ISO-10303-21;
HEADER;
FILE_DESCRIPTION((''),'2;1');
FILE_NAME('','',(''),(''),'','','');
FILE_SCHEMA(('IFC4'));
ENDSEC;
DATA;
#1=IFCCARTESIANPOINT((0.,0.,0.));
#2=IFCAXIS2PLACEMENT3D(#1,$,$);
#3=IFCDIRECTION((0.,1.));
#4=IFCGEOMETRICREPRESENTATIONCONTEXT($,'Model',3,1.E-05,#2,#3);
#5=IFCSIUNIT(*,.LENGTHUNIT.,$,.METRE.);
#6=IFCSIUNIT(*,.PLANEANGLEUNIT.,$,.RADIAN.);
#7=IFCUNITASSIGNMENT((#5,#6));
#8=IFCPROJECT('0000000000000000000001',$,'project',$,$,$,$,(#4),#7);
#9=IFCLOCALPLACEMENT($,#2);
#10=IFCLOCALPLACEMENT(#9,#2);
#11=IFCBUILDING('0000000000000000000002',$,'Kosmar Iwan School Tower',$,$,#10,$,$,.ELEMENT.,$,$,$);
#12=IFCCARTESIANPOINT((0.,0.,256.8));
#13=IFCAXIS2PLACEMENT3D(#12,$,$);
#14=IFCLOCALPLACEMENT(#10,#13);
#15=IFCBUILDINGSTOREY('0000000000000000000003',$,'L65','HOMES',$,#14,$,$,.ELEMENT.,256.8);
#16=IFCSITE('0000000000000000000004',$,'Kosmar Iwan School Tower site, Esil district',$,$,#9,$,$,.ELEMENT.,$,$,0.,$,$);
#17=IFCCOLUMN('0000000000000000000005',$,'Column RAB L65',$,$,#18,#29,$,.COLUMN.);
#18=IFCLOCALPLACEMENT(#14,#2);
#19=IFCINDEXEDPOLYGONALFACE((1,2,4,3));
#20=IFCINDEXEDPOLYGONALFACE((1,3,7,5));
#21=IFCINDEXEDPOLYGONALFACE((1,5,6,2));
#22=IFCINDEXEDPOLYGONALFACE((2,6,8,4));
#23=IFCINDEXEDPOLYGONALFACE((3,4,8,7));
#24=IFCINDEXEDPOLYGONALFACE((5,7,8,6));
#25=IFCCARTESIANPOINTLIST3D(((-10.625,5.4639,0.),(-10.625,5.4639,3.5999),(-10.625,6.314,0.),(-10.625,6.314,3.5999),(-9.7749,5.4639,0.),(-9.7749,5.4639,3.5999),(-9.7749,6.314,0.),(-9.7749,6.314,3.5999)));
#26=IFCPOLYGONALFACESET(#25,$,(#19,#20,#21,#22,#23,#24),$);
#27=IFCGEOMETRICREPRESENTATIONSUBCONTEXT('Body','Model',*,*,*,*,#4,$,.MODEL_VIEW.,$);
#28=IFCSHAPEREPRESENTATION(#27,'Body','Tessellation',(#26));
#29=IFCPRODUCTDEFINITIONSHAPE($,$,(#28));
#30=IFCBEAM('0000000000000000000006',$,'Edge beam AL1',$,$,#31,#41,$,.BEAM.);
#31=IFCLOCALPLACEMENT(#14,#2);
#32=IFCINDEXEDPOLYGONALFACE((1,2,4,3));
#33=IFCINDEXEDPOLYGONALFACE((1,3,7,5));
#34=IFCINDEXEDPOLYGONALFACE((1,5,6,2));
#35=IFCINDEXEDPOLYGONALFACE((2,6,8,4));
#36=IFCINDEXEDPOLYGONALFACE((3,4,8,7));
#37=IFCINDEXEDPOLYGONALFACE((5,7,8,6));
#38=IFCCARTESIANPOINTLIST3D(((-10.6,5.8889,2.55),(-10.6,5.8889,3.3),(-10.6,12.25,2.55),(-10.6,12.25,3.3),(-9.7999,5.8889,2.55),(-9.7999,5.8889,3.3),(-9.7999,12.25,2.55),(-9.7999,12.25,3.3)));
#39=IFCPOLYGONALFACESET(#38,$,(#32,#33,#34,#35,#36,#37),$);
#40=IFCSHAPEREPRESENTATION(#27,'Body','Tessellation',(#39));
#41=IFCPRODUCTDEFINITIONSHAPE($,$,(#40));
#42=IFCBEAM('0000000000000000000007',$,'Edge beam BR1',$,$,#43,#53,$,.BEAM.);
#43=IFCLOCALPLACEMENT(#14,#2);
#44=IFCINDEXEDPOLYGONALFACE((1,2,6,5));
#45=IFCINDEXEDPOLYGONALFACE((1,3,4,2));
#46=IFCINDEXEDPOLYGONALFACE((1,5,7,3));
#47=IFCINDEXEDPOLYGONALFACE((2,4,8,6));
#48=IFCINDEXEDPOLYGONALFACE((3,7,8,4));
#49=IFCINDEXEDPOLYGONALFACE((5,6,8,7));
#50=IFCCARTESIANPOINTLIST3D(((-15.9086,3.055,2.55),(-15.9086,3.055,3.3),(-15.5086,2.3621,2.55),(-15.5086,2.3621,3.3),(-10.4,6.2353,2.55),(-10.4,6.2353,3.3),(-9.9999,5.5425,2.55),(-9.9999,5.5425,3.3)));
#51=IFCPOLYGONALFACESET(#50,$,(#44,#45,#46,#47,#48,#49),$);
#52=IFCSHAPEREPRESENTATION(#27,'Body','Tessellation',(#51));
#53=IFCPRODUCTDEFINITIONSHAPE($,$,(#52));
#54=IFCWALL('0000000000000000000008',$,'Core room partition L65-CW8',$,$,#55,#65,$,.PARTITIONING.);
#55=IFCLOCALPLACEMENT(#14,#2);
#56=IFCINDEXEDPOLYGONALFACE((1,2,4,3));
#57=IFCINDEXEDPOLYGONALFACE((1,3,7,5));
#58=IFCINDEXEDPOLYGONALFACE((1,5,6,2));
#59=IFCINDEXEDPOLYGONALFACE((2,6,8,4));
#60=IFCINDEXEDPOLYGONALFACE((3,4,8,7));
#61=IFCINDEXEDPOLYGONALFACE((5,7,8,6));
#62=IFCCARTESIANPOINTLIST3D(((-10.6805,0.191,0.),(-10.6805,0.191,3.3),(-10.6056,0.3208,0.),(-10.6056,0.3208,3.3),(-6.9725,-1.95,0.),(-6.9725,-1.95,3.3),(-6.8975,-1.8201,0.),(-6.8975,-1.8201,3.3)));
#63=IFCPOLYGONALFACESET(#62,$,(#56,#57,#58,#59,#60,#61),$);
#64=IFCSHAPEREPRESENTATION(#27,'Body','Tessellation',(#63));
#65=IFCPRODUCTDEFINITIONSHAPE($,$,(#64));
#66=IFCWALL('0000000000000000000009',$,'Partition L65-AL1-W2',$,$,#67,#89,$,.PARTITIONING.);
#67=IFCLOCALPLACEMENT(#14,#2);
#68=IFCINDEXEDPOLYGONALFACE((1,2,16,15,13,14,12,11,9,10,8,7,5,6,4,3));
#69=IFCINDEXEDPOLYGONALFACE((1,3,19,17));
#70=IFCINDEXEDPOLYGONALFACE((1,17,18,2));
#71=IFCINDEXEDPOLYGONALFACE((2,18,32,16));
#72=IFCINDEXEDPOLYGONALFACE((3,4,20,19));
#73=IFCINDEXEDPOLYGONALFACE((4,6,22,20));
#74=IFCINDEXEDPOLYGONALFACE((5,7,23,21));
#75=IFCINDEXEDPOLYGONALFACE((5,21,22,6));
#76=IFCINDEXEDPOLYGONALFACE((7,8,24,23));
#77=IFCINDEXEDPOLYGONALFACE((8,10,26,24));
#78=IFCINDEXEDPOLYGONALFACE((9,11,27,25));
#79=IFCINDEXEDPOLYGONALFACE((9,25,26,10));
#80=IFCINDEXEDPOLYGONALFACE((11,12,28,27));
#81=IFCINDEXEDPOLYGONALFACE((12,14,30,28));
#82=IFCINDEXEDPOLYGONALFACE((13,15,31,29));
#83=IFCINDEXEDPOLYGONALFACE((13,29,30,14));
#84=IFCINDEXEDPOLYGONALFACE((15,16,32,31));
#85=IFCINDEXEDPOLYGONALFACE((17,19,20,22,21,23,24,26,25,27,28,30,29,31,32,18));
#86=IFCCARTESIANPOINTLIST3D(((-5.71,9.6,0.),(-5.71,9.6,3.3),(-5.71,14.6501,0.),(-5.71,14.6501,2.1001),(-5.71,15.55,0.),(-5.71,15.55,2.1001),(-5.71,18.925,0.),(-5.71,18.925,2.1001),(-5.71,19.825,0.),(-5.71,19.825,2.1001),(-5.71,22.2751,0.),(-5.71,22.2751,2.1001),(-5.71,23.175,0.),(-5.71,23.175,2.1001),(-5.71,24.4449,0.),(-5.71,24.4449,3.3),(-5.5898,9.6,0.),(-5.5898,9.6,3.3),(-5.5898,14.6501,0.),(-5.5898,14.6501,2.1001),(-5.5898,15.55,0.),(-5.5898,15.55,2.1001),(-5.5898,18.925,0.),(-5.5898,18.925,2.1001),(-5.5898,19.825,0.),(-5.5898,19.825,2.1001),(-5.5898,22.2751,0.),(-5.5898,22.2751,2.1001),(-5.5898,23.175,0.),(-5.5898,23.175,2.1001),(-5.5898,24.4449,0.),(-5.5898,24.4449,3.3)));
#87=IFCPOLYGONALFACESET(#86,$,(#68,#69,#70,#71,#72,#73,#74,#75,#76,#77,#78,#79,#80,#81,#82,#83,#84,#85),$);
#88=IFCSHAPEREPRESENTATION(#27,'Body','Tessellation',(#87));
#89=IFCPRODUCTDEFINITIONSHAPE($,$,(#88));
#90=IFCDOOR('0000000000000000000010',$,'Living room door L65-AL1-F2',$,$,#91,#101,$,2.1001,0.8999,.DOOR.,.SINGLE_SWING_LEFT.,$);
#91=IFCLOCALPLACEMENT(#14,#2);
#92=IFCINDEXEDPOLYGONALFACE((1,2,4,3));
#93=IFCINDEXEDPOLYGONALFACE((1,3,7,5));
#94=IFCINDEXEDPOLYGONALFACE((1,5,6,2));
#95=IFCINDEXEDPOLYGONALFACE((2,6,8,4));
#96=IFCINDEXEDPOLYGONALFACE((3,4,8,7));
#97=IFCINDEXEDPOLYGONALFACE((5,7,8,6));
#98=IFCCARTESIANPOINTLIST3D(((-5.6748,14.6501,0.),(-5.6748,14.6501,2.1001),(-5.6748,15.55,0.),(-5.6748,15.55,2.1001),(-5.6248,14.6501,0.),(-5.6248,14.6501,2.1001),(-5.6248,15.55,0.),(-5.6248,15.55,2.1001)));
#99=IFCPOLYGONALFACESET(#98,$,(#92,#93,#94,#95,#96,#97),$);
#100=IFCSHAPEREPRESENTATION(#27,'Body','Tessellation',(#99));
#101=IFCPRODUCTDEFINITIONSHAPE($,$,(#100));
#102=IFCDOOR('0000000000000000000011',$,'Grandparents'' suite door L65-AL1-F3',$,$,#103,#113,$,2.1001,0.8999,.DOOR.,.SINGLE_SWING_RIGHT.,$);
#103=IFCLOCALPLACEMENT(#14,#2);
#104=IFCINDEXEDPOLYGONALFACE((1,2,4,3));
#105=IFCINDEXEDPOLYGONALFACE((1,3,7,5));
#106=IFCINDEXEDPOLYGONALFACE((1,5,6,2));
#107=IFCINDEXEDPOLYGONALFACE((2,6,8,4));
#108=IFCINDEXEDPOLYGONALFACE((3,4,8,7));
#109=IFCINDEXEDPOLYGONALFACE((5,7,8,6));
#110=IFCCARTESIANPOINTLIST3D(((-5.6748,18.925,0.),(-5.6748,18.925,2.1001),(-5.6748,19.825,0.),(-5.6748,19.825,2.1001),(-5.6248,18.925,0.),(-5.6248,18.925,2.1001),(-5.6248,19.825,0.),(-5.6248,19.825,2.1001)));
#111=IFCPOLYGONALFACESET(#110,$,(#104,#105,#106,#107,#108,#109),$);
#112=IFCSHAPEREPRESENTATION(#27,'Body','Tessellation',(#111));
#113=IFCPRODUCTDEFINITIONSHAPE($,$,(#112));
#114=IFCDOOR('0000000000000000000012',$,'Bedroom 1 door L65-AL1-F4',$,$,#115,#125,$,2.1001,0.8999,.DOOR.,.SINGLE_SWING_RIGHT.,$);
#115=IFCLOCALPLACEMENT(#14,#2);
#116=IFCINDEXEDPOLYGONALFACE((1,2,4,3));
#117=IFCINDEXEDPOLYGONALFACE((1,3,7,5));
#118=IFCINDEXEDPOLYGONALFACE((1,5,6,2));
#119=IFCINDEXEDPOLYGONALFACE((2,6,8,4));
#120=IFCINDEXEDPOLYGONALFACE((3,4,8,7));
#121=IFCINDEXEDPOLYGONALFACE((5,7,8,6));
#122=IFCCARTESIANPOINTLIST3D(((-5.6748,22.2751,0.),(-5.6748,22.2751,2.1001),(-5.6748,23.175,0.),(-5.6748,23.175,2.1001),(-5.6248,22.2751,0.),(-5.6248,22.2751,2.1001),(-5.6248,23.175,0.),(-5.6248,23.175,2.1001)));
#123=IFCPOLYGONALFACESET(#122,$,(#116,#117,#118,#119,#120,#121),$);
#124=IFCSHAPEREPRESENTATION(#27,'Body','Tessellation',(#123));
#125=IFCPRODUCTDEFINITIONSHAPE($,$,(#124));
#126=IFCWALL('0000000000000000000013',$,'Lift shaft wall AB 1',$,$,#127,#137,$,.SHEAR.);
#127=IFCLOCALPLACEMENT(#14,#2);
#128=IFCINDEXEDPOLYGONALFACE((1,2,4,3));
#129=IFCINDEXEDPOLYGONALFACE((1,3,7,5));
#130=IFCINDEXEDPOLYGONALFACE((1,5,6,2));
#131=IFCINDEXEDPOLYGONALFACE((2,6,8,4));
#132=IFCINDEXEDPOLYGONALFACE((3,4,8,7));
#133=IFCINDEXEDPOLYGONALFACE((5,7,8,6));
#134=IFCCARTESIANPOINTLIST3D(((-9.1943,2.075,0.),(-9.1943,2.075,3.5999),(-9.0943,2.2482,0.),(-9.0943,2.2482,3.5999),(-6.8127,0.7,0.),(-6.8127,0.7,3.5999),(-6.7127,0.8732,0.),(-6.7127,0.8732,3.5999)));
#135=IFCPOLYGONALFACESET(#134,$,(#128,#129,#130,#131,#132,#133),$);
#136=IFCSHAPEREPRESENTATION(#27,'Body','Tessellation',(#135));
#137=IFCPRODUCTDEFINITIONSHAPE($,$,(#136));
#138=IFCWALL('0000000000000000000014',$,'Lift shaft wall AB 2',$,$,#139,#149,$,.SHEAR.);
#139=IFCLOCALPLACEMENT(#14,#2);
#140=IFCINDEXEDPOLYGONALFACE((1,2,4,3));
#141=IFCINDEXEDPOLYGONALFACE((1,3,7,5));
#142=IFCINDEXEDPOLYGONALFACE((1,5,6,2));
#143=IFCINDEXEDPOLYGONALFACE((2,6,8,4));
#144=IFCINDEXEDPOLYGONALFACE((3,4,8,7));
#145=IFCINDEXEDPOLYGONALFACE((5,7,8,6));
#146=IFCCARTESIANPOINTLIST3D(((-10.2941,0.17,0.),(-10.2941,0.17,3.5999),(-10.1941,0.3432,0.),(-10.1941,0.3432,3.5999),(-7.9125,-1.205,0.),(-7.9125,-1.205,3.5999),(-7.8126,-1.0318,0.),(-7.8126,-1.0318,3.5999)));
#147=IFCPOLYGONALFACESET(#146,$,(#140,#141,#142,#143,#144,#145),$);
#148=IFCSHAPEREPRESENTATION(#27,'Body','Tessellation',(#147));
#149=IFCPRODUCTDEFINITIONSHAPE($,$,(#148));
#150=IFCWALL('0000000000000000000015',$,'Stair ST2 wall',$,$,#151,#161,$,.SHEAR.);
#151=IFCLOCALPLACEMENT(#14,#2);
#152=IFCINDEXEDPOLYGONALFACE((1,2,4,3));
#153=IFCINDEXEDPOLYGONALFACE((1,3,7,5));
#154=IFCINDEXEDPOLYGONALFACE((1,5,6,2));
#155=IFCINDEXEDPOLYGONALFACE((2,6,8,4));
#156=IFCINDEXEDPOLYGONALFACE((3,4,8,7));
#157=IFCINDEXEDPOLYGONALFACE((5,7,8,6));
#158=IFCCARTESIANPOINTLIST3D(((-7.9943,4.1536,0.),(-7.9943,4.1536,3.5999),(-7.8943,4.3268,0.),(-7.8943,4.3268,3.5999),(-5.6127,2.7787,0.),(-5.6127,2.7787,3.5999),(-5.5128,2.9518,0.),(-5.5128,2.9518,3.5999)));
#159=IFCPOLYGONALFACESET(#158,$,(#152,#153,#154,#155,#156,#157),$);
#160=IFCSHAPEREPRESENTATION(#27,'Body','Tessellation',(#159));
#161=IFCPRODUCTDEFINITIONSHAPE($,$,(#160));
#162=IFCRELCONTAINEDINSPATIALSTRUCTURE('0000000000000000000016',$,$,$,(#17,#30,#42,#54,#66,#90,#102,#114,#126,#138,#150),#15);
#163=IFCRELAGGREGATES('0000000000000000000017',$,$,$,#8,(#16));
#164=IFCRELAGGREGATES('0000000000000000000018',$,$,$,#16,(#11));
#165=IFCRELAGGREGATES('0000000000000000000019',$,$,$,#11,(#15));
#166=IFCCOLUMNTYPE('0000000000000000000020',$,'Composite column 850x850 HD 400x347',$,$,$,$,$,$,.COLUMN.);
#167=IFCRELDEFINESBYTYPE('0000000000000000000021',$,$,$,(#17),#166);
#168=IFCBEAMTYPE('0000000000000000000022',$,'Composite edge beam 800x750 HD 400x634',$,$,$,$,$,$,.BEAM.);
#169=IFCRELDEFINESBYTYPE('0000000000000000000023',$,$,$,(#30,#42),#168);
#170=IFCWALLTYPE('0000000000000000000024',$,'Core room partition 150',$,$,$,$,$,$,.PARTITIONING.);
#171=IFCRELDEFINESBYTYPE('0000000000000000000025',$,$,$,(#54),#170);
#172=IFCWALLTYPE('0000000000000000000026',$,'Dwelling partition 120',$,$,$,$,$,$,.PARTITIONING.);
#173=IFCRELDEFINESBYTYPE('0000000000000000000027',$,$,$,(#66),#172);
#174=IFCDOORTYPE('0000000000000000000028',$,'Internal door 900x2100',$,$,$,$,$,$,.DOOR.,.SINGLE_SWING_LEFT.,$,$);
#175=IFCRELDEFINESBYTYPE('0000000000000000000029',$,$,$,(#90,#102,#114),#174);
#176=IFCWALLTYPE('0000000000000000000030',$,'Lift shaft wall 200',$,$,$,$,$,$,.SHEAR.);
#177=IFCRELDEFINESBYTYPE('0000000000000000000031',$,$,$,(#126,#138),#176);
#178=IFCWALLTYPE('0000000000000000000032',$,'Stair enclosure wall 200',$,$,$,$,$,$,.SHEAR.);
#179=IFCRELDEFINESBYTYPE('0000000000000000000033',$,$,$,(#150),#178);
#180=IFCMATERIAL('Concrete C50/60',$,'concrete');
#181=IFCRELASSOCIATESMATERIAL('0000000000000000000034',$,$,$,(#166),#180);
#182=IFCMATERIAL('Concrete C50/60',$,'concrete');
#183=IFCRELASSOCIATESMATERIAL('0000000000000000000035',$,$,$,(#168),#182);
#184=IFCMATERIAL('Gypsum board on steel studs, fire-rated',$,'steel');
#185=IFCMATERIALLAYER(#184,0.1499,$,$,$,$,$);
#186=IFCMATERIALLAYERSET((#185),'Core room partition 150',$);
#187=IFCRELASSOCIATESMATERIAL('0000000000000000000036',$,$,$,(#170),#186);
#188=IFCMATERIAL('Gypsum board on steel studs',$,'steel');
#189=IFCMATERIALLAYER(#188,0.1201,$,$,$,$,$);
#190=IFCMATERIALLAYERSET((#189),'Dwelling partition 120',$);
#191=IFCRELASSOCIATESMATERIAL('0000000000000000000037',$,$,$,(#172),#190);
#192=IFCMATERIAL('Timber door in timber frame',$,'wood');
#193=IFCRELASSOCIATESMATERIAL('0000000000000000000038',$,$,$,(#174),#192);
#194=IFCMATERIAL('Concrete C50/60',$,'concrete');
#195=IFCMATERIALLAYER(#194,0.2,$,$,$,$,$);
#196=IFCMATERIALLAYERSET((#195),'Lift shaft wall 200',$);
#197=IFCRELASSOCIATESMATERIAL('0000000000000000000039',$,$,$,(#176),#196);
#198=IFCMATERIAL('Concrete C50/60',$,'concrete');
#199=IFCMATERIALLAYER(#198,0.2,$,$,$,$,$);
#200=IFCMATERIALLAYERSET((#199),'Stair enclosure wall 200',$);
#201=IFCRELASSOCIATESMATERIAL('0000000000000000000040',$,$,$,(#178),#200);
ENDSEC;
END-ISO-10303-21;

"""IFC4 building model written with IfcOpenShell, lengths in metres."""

from ifc_helpers import new_model, si_unit, direction, frame, frame_2d, origin, origin_2d, place, context, subcontext, project, spatial, rectangle, extrude, material, layer, layer_set, material_profile, profile_set, type_object, element, fill, save


model = new_model("IFC4")

# Units and contexts
model_context = context("Model", 3, precision=1e-05, world=origin(), true_north=direction((0.0, 1.0)))
body_context = subcontext(model_context, "Body", "Model", "MODEL_VIEW")
ifc_project = project(units=[si_unit("LENGTHUNIT", "METRE"), si_unit("PLANEANGLEUNIT", "RADIAN")], contexts=[model_context])

# Site, building, storey
site_placement = place(None, origin())
site = spatial("IfcSite", under=ifc_project, at=site_placement, Name="Kosmar Iwan School Tower site, Esil district", CompositionType="ELEMENT", RefElevation=0.0)
building_placement = place(site_placement, origin())
building = spatial("IfcBuilding", under=site, at=building_placement, Name="Kosmar Iwan School Tower", CompositionType="ELEMENT")
storey_placement = place(building_placement, frame((0.0, 0.0, 256.8)))
storey = spatial("IfcBuildingStorey", under=building, at=storey_placement, Name="L65", Description="HOMES", CompositionType="ELEMENT", Elevation=256.8)

# Column
ifc_material_1 = material(Name="Concrete C50/60", Category="concrete")
ifc_material_profile_1 = material_profile(ifc_material_1, rectangle(XDim=0.8501, YDim=0.8501, at=origin_2d()), Name="RC 850x850 + HD 400x347")
ifc_profile_set_1 = profile_set([ifc_material_profile_1], Name="Concrete C50/60")
column_type = type_object("IfcColumnType", Name="Composite column 850x850 HD 400x347", PredefinedType="COLUMN", material=ifc_profile_set_1)
column_placement = place(storey_placement, frame((-10.2, 5.8889, 0.0), z_axis=(0.0, 0.0, 1.0), x_axis=(1.0, 0.0, 0.0)))
element("IfcColumn", 1, at=column_placement, inside=storey, type_object=column_type, Name="Column RAB L65", PredefinedType="COLUMN", context=body_context, shape_type="SweptSolid", body=[
    extrude(rectangle(XDim=0.8501, YDim=0.8501, at=origin_2d()), origin(), (0.0, 0.0, 1.0), 3.5999),
])

# Beams
ifc_material_2 = material(Name="Concrete C50/60", Category="concrete")
ifc_material_profile_2 = material_profile(ifc_material_2, rectangle(XDim=0.8, YDim=0.75, at=origin_2d()), Name="RC 800x750 + HD 400x634")
ifc_profile_set_2 = profile_set([ifc_material_profile_2], Name="Concrete C50/60")
beam_type = type_object("IfcBeamType", Name="Composite edge beam 800x750 HD 400x634", PredefinedType="BEAM", material=ifc_profile_set_2)
beam_1_placement = place(storey_placement, frame((-10.2, 5.8889, 2.925), z_axis=(0.0, 1.0, 0.0), x_axis=(-1.0, 0.0, 0.0)))
element("IfcBeam", 2, at=beam_1_placement, inside=storey, type_object=beam_type, Name="Edge beam AL1", PredefinedType="BEAM", context=body_context, shape_type="SweptSolid", body=[
    extrude(rectangle(XDim=0.8, YDim=0.75, at=origin_2d()), origin(), (0.0, 0.0, 1.0), 6.3611),
])
beam_2_placement = place(storey_placement, frame((-10.2, 5.8889, 2.925), z_axis=(-0.866031, -0.49999, 0.0), x_axis=(0.49999, -0.866031, 0.0)))
element("IfcBeam", 3, at=beam_2_placement, inside=storey, type_object=beam_type, Name="Edge beam BR1", PredefinedType="BEAM", context=body_context, shape_type="SweptSolid", body=[
    extrude(rectangle(XDim=0.8, YDim=0.75, at=origin_2d()), origin(), (0.0, 0.0, 1.0), 6.3608),
])

# Wall
ifc_material_3 = material(Name="Gypsum board on steel studs, fire-rated", Category="steel")
ifc_layer_1 = layer(ifc_material_3, 0.1499)
ifc_layer_set_1 = layer_set([ifc_layer_1], Name="Core room partition 150")
wall_type_1 = type_object("IfcWallType", Name="Core room partition 150", PredefinedType="PARTITIONING", material=ifc_layer_set_1)
wall_1_placement = place(storey_placement, frame((-10.6431, 0.2559, 0.0), z_axis=(0.0, 0.0, 1.0), x_axis=(0.86602, -0.500009, 0.0)))
element("IfcWall", 4, at=wall_1_placement, inside=storey, type_object=wall_type_1, Name="Core room partition L65-CW8", PredefinedType="PARTITIONING", context=body_context, shape_type="SweptSolid", body=[
    extrude(rectangle(XDim=4.2817, YDim=0.1499, at=frame_2d((2.1409, 0.0))), origin(), (0.0, 0.0, 1.0), 3.3),
])

# Wall, openings, doors
ifc_material_4 = material(Name="Gypsum board on steel studs", Category="steel")
ifc_layer_2 = layer(ifc_material_4, 0.1201)
ifc_layer_set_2 = layer_set([ifc_layer_2], Name="Dwelling partition 120")
wall_type_2 = type_object("IfcWallType", Name="Dwelling partition 120", PredefinedType="PARTITIONING", material=ifc_layer_set_2)
wall_2_placement = place(storey_placement, frame((-5.6499, 9.6001, 0.0), z_axis=(0.0, 0.0, 1.0), x_axis=(0.0, 1.0, 0.0)))
wall_2 = element("IfcWall", 5, at=wall_2_placement, inside=storey, type_object=wall_type_2, Name="Partition L65-AL1-W2", PredefinedType="PARTITIONING", context=body_context, shape_type="SweptSolid", body=[
    extrude(rectangle(XDim=14.845, YDim=0.1201, at=frame_2d((7.4224, 0.0))), origin(), (0.0, 0.0, 1.0), 3.3),
])
opening_1_placement = place(wall_2_placement, frame((5.05, 0.0, 0.0)))
opening_1 = element("IfcOpeningElement", 6, at=opening_1_placement, cuts=wall_2, PredefinedType="OPENING", context=body_context, shape_type="SweptSolid", body=[
    extrude(rectangle(XDim=0.8999, YDim=2.1001, at=frame_2d((0.45, 1.05))), frame((0.0, 0.072, 0.0), z_axis=(0.0, -1.0, 0.0), x_axis=(1.0, 0.0, 0.0)), (0.0, 0.0, 1.0), 0.144),
])
opening_2_placement = place(wall_2_placement, frame((9.325, 0.0, 0.0)))
opening_2 = element("IfcOpeningElement", 7, at=opening_2_placement, cuts=wall_2, PredefinedType="OPENING", context=body_context, shape_type="SweptSolid", body=[
    extrude(rectangle(XDim=0.8999, YDim=2.1001, at=frame_2d((0.45, 1.05))), frame((0.0, 0.072, 0.0), z_axis=(0.0, -1.0, 0.0), x_axis=(1.0, 0.0, 0.0)), (0.0, 0.0, 1.0), 0.144),
])
opening_3_placement = place(wall_2_placement, frame((12.675, 0.0, 0.0)))
opening_3 = element("IfcOpeningElement", 8, at=opening_3_placement, cuts=wall_2, PredefinedType="OPENING", context=body_context, shape_type="SweptSolid", body=[
    extrude(rectangle(XDim=0.8999, YDim=2.1001, at=frame_2d((0.45, 1.05))), frame((0.0, 0.072, 0.0), z_axis=(0.0, -1.0, 0.0), x_axis=(1.0, 0.0, 0.0)), (0.0, 0.0, 1.0), 0.144),
])
ifc_material_5 = material(Name="Timber door in timber frame", Category="wood")
door_type = type_object("IfcDoorType", Name="Internal door 900x2100", OperationType="SINGLE_SWING_LEFT", PredefinedType="DOOR", material=ifc_material_5)
door_1_placement = place(opening_1_placement, origin())
door_1 = element("IfcDoor", 9, at=door_1_placement, inside=storey, type_object=door_type, Name="Living room door L65-AL1-F2", OperationType="SINGLE_SWING_LEFT", OverallHeight=2.1001, OverallWidth=0.8999, PredefinedType="DOOR", context=body_context, shape_type="SweptSolid", body=[
    extrude(rectangle(XDim=0.8999, YDim=2.1001, at=frame_2d((0.45, 1.05))), frame((0.0, 0.0249, 0.0), z_axis=(0.0, -1.0, 0.0), x_axis=(1.0, 0.0, 0.0)), (0.0, 0.0, 1.0), 0.05),
])
fill(opening_1, door_1)
door_2_placement = place(opening_2_placement, origin())
door_2 = element("IfcDoor", 10, at=door_2_placement, inside=storey, type_object=door_type, Name="Grandparents' suite door L65-AL1-F3", OperationType="SINGLE_SWING_RIGHT", OverallHeight=2.1001, OverallWidth=0.8999, PredefinedType="DOOR", context=body_context, shape_type="SweptSolid", body=[
    extrude(rectangle(XDim=0.8999, YDim=2.1001, at=frame_2d((0.45, 1.05))), frame((0.0, 0.0249, 0.0), z_axis=(0.0, -1.0, 0.0), x_axis=(1.0, 0.0, 0.0)), (0.0, 0.0, 1.0), 0.05),
])
fill(opening_2, door_2)
door_3_placement = place(opening_3_placement, origin())
door_3 = element("IfcDoor", 11, at=door_3_placement, inside=storey, type_object=door_type, Name="Bedroom 1 door L65-AL1-F4", OperationType="SINGLE_SWING_RIGHT", OverallHeight=2.1001, OverallWidth=0.8999, PredefinedType="DOOR", context=body_context, shape_type="SweptSolid", body=[
    extrude(rectangle(XDim=0.8999, YDim=2.1001, at=frame_2d((0.45, 1.05))), frame((0.0, 0.0249, 0.0), z_axis=(0.0, -1.0, 0.0), x_axis=(1.0, 0.0, 0.0)), (0.0, 0.0, 1.0), 0.05),
])
fill(opening_3, door_3)

# Walls
ifc_material_6 = material(Name="Concrete C50/60", Category="concrete")
ifc_layer_3 = layer(ifc_material_6, 0.2)
ifc_layer_set_3 = layer_set([ifc_layer_3], Name="Lift shaft wall 200")
wall_type_3 = type_object("IfcWallType", Name="Lift shaft wall 200", PredefinedType="SHEAR", material=ifc_layer_set_3)
for number, where, z_axis, x_axis, name in (
    (12, (-6.7627, 0.7866, 0.0), (0.0, 0.0, 1.0), (-0.866027, 0.499997, 0.0), "Lift shaft wall AB 1"),
    (13, (-7.8625, -1.1184, 0.0), (0.0, 0.0, 1.0), (-0.866027, 0.499997, 0.0), "Lift shaft wall AB 2"),
):
    element("IfcWall", number, at=place(storey_placement, frame(where, z_axis=z_axis, x_axis=x_axis)), inside=storey, type_object=wall_type_3, Name=name, PredefinedType="SHEAR", context=body_context, shape_type="SweptSolid", body=[
        extrude(rectangle(XDim=2.75, YDim=0.2, at=frame_2d((1.375, 0.0))), origin(), (0.0, 0.0, 1.0), 3.5999),
    ])
ifc_material_7 = material(Name="Concrete C50/60", Category="concrete")
ifc_layer_4 = layer(ifc_material_7, 0.2)
ifc_layer_set_4 = layer_set([ifc_layer_4], Name="Stair enclosure wall 200")
wall_type_4 = type_object("IfcWallType", Name="Stair enclosure wall 200", PredefinedType="SHEAR", material=ifc_layer_set_4)
wall_3_placement = place(storey_placement, frame((-5.5627, 2.8652, 0.0), z_axis=(0.0, 0.0, 1.0), x_axis=(-0.866027, 0.499997, 0.0)))
element("IfcWall", 14, at=wall_3_placement, inside=storey, type_object=wall_type_4, Name="Stair ST2 wall", PredefinedType="SHEAR", context=body_context, shape_type="SweptSolid", body=[
    extrude(rectangle(XDim=2.75, YDim=0.2, at=frame_2d((1.375, 0.0))), origin(), (0.0, 0.0, 1.0), 3.5999),
])

save(model, "model.ifc")
